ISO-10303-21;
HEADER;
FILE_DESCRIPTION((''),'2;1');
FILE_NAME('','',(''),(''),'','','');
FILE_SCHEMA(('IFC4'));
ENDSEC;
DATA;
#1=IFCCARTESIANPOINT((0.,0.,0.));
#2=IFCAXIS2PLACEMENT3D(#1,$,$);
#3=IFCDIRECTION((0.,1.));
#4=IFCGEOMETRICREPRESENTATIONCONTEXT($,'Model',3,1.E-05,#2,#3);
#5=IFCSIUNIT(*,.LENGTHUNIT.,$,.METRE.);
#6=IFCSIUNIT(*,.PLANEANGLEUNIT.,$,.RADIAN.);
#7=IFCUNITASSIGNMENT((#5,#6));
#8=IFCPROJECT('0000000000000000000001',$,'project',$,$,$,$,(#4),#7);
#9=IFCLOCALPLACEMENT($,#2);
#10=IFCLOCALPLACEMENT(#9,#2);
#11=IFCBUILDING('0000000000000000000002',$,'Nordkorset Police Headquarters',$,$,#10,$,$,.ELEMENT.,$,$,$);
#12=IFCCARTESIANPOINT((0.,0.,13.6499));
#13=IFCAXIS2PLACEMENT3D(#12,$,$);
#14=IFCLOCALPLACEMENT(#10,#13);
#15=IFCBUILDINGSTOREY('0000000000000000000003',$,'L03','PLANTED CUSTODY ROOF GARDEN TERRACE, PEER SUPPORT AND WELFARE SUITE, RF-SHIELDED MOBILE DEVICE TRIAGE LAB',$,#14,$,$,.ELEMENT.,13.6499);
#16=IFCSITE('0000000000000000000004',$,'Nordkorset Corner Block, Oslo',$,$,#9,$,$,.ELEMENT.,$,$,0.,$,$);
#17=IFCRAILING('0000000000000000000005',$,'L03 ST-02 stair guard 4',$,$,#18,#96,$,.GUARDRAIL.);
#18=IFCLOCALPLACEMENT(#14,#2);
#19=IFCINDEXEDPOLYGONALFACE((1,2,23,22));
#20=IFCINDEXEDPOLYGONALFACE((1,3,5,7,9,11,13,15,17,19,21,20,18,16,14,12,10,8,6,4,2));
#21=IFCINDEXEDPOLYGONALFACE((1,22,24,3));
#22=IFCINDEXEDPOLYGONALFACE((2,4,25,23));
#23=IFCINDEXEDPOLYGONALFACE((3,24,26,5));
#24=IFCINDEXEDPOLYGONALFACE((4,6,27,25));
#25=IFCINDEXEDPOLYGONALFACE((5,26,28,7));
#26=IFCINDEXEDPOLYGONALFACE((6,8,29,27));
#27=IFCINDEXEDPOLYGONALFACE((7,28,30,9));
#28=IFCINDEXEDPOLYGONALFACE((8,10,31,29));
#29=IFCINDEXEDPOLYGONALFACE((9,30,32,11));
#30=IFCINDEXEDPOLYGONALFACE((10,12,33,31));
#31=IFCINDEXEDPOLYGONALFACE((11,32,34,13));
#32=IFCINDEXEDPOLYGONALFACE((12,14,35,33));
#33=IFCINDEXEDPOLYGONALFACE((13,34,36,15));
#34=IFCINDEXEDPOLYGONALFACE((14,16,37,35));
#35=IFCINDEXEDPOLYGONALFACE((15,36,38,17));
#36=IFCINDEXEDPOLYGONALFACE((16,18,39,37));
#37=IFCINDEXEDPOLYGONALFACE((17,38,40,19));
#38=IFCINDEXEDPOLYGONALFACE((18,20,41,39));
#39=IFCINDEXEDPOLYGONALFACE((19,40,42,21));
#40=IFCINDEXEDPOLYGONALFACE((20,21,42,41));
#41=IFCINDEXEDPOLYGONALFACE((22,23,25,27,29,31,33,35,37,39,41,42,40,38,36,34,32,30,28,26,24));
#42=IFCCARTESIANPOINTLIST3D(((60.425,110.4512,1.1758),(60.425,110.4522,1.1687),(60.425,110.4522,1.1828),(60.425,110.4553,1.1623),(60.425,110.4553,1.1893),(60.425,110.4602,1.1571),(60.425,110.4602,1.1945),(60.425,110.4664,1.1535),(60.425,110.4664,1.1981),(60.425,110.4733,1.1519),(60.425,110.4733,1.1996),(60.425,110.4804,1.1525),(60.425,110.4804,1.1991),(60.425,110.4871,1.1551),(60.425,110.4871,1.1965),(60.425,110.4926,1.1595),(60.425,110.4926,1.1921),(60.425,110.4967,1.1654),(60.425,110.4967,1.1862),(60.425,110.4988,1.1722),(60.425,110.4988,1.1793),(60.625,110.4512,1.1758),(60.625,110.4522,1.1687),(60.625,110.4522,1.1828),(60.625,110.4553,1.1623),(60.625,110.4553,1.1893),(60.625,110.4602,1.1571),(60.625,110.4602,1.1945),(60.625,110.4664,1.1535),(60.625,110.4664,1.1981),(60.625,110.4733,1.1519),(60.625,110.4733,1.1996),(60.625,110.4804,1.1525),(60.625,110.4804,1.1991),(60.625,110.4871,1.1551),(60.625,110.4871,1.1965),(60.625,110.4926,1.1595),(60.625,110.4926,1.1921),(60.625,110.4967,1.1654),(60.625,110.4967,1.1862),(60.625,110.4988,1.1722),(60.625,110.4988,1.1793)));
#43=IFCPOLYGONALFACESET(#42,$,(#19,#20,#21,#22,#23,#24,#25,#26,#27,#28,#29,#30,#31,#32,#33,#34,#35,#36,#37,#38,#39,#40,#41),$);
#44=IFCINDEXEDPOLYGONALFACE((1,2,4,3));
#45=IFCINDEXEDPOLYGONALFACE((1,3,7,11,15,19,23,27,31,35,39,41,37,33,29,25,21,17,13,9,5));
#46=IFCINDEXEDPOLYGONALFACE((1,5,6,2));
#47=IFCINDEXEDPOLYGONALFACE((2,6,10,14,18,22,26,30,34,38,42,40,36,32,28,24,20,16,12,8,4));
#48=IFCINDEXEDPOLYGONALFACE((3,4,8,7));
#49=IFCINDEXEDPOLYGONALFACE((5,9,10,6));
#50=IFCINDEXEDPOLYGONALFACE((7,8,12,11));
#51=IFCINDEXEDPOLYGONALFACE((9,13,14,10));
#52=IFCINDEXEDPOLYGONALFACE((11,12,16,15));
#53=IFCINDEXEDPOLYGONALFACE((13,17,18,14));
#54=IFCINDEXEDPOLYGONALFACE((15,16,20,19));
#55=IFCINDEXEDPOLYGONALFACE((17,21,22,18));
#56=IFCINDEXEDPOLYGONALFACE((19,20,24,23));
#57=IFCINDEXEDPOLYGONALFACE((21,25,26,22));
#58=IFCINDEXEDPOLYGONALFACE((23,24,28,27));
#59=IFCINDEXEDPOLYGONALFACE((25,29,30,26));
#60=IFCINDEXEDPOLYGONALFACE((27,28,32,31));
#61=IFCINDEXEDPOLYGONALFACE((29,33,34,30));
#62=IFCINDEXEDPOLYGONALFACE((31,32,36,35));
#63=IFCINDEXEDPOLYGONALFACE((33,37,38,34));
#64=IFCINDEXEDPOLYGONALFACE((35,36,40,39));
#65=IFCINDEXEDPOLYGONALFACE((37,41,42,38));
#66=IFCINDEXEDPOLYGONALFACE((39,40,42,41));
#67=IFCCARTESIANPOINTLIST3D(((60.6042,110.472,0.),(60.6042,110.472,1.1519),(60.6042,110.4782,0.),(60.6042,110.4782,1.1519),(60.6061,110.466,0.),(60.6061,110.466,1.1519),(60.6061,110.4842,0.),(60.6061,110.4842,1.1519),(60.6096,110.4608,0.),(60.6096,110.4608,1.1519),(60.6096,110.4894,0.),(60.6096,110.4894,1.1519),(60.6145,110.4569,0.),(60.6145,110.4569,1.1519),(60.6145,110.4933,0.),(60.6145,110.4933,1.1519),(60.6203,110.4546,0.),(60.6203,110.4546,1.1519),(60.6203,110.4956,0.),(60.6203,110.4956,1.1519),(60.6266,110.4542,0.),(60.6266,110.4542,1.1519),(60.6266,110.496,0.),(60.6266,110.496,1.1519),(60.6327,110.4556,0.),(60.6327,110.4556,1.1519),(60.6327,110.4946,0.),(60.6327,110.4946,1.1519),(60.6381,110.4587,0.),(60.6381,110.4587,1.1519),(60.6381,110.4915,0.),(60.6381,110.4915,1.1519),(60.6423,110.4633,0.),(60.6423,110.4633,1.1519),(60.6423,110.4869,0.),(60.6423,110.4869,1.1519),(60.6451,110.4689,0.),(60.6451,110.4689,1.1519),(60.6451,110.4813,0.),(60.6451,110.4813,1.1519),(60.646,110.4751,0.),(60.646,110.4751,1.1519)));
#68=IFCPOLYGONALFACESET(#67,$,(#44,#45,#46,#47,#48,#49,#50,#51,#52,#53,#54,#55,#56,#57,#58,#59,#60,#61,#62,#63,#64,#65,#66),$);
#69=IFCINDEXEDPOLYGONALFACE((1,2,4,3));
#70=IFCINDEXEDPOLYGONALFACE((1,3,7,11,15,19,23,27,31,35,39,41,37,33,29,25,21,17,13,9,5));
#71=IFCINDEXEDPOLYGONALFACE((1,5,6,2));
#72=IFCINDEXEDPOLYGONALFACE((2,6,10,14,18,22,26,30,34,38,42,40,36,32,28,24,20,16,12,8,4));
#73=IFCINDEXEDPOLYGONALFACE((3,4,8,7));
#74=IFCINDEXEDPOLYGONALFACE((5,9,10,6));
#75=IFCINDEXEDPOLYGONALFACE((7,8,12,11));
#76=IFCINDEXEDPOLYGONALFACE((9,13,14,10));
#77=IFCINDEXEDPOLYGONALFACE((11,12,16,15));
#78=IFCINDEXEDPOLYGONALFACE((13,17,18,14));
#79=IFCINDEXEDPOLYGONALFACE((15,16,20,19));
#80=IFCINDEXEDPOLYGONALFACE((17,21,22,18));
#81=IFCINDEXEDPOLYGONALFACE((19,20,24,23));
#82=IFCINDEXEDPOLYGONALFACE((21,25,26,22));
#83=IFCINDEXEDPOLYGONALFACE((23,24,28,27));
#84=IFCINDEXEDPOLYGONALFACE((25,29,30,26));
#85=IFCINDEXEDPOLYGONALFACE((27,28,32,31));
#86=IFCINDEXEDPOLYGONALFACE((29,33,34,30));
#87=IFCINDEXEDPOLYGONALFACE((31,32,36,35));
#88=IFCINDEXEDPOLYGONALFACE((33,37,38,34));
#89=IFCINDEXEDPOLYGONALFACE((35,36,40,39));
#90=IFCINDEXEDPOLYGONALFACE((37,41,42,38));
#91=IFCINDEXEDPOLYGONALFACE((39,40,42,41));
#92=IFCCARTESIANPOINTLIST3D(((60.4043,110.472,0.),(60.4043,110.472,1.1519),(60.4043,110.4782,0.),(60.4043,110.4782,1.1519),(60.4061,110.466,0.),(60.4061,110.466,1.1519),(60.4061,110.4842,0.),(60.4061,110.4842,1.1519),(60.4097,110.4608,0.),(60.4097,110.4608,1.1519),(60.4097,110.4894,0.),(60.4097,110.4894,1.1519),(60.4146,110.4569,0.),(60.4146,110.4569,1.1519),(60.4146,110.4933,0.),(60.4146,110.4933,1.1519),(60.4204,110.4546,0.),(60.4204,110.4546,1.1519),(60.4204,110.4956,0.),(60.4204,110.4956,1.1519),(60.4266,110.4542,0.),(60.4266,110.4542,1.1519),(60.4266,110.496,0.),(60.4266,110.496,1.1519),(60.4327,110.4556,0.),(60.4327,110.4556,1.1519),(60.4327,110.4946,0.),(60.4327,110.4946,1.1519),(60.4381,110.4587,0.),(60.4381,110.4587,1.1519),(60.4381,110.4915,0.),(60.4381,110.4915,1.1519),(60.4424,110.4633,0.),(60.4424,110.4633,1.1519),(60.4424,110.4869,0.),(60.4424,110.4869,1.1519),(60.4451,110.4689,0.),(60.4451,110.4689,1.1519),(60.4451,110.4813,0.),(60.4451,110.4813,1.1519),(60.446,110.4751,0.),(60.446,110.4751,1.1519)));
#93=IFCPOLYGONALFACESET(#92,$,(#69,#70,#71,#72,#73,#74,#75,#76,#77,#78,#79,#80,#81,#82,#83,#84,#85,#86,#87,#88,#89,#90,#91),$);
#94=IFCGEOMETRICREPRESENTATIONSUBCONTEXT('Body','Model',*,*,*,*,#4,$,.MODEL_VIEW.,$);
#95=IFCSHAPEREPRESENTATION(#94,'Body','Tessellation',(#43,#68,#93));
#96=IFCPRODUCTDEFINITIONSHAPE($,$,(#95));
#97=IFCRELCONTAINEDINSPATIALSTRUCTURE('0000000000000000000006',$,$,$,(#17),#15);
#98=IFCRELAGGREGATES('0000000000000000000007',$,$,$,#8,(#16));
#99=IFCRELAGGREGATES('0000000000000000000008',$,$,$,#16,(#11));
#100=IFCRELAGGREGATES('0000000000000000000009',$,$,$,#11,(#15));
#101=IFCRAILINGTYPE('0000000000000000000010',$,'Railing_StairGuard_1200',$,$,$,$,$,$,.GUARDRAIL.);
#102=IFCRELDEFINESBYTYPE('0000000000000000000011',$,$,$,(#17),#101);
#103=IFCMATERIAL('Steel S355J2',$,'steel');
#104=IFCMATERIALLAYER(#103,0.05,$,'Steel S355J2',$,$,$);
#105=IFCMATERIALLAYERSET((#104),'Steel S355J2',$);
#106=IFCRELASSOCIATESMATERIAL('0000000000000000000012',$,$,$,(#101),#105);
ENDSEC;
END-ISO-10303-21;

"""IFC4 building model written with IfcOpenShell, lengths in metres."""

from ifc_helpers import new_model, si_unit, direction, frame, origin, origin_2d, place, context, subcontext, project, spatial, circle, extrude, material, layer, layer_set, type_object, element, save


model = new_model("IFC4")

# Units and contexts
model_context = context("Model", 3, precision=1e-05, world=origin(), true_north=direction((0.0, 1.0)))
body_context = subcontext(model_context, "Body", "Model", "MODEL_VIEW")
ifc_project = project(units=[si_unit("LENGTHUNIT", "METRE"), si_unit("PLANEANGLEUNIT", "RADIAN")], contexts=[model_context])

# Site, building, storey
site_placement = place(None, origin())
site = spatial("IfcSite", under=ifc_project, at=site_placement, Name="Nordkorset Corner Block, Oslo", CompositionType="ELEMENT", RefElevation=0.0)
building_placement = place(site_placement, origin())
building = spatial("IfcBuilding", under=site, at=building_placement, Name="Nordkorset Police Headquarters", CompositionType="ELEMENT")
storey_placement = place(building_placement, frame((0.0, 0.0, 13.6499)))
storey = spatial("IfcBuildingStorey", under=building, at=storey_placement, Name="L03", Description="PLANTED CUSTODY ROOF GARDEN TERRACE, PEER SUPPORT AND WELFARE SUITE, RF-SHIELDED MOBILE DEVICE TRIAGE LAB", CompositionType="ELEMENT", Elevation=13.6499)

# Railing
ifc_material_1 = material(Name="Steel S355J2", Category="steel")
ifc_layer_1 = layer(ifc_material_1, 0.05, Name="Steel S355J2")
ifc_layer_set_1 = layer_set([ifc_layer_1], Name="Steel S355J2")
railing_type_1 = type_object("IfcRailingType", Name="Railing_StairGuard_1200", PredefinedType="GUARDRAIL", material=ifc_layer_set_1)
railing_1_placement = place(storey_placement, frame((60.625, 110.4751, 0.0)))
element("IfcRailing", 1, at=railing_1_placement, inside=storey, type_object=railing_type_1, Name="L03 ST-02 stair guard 4", PredefinedType="GUARDRAIL", context=body_context, shape_type="SweptSolid", body=[
    extrude(circle(Radius=0.0239, at=origin_2d()), frame((0.0, 0.0, 1.1758), z_axis=(-1.0, 0.0, 0.0), x_axis=(0.0, -1.0, 0.0)), (0.0, 0.0, 1.0), 0.2),
    extrude(circle(Radius=0.021, at=origin_2d()), origin(), (0.0, 0.0, 1.0), 1.1519),
    extrude(circle(Radius=0.021, at=origin_2d()), frame((-0.2, 0.0, 0.0)), (0.0, 0.0, 1.0), 1.1519),
])

save(model, "model.ifc")
